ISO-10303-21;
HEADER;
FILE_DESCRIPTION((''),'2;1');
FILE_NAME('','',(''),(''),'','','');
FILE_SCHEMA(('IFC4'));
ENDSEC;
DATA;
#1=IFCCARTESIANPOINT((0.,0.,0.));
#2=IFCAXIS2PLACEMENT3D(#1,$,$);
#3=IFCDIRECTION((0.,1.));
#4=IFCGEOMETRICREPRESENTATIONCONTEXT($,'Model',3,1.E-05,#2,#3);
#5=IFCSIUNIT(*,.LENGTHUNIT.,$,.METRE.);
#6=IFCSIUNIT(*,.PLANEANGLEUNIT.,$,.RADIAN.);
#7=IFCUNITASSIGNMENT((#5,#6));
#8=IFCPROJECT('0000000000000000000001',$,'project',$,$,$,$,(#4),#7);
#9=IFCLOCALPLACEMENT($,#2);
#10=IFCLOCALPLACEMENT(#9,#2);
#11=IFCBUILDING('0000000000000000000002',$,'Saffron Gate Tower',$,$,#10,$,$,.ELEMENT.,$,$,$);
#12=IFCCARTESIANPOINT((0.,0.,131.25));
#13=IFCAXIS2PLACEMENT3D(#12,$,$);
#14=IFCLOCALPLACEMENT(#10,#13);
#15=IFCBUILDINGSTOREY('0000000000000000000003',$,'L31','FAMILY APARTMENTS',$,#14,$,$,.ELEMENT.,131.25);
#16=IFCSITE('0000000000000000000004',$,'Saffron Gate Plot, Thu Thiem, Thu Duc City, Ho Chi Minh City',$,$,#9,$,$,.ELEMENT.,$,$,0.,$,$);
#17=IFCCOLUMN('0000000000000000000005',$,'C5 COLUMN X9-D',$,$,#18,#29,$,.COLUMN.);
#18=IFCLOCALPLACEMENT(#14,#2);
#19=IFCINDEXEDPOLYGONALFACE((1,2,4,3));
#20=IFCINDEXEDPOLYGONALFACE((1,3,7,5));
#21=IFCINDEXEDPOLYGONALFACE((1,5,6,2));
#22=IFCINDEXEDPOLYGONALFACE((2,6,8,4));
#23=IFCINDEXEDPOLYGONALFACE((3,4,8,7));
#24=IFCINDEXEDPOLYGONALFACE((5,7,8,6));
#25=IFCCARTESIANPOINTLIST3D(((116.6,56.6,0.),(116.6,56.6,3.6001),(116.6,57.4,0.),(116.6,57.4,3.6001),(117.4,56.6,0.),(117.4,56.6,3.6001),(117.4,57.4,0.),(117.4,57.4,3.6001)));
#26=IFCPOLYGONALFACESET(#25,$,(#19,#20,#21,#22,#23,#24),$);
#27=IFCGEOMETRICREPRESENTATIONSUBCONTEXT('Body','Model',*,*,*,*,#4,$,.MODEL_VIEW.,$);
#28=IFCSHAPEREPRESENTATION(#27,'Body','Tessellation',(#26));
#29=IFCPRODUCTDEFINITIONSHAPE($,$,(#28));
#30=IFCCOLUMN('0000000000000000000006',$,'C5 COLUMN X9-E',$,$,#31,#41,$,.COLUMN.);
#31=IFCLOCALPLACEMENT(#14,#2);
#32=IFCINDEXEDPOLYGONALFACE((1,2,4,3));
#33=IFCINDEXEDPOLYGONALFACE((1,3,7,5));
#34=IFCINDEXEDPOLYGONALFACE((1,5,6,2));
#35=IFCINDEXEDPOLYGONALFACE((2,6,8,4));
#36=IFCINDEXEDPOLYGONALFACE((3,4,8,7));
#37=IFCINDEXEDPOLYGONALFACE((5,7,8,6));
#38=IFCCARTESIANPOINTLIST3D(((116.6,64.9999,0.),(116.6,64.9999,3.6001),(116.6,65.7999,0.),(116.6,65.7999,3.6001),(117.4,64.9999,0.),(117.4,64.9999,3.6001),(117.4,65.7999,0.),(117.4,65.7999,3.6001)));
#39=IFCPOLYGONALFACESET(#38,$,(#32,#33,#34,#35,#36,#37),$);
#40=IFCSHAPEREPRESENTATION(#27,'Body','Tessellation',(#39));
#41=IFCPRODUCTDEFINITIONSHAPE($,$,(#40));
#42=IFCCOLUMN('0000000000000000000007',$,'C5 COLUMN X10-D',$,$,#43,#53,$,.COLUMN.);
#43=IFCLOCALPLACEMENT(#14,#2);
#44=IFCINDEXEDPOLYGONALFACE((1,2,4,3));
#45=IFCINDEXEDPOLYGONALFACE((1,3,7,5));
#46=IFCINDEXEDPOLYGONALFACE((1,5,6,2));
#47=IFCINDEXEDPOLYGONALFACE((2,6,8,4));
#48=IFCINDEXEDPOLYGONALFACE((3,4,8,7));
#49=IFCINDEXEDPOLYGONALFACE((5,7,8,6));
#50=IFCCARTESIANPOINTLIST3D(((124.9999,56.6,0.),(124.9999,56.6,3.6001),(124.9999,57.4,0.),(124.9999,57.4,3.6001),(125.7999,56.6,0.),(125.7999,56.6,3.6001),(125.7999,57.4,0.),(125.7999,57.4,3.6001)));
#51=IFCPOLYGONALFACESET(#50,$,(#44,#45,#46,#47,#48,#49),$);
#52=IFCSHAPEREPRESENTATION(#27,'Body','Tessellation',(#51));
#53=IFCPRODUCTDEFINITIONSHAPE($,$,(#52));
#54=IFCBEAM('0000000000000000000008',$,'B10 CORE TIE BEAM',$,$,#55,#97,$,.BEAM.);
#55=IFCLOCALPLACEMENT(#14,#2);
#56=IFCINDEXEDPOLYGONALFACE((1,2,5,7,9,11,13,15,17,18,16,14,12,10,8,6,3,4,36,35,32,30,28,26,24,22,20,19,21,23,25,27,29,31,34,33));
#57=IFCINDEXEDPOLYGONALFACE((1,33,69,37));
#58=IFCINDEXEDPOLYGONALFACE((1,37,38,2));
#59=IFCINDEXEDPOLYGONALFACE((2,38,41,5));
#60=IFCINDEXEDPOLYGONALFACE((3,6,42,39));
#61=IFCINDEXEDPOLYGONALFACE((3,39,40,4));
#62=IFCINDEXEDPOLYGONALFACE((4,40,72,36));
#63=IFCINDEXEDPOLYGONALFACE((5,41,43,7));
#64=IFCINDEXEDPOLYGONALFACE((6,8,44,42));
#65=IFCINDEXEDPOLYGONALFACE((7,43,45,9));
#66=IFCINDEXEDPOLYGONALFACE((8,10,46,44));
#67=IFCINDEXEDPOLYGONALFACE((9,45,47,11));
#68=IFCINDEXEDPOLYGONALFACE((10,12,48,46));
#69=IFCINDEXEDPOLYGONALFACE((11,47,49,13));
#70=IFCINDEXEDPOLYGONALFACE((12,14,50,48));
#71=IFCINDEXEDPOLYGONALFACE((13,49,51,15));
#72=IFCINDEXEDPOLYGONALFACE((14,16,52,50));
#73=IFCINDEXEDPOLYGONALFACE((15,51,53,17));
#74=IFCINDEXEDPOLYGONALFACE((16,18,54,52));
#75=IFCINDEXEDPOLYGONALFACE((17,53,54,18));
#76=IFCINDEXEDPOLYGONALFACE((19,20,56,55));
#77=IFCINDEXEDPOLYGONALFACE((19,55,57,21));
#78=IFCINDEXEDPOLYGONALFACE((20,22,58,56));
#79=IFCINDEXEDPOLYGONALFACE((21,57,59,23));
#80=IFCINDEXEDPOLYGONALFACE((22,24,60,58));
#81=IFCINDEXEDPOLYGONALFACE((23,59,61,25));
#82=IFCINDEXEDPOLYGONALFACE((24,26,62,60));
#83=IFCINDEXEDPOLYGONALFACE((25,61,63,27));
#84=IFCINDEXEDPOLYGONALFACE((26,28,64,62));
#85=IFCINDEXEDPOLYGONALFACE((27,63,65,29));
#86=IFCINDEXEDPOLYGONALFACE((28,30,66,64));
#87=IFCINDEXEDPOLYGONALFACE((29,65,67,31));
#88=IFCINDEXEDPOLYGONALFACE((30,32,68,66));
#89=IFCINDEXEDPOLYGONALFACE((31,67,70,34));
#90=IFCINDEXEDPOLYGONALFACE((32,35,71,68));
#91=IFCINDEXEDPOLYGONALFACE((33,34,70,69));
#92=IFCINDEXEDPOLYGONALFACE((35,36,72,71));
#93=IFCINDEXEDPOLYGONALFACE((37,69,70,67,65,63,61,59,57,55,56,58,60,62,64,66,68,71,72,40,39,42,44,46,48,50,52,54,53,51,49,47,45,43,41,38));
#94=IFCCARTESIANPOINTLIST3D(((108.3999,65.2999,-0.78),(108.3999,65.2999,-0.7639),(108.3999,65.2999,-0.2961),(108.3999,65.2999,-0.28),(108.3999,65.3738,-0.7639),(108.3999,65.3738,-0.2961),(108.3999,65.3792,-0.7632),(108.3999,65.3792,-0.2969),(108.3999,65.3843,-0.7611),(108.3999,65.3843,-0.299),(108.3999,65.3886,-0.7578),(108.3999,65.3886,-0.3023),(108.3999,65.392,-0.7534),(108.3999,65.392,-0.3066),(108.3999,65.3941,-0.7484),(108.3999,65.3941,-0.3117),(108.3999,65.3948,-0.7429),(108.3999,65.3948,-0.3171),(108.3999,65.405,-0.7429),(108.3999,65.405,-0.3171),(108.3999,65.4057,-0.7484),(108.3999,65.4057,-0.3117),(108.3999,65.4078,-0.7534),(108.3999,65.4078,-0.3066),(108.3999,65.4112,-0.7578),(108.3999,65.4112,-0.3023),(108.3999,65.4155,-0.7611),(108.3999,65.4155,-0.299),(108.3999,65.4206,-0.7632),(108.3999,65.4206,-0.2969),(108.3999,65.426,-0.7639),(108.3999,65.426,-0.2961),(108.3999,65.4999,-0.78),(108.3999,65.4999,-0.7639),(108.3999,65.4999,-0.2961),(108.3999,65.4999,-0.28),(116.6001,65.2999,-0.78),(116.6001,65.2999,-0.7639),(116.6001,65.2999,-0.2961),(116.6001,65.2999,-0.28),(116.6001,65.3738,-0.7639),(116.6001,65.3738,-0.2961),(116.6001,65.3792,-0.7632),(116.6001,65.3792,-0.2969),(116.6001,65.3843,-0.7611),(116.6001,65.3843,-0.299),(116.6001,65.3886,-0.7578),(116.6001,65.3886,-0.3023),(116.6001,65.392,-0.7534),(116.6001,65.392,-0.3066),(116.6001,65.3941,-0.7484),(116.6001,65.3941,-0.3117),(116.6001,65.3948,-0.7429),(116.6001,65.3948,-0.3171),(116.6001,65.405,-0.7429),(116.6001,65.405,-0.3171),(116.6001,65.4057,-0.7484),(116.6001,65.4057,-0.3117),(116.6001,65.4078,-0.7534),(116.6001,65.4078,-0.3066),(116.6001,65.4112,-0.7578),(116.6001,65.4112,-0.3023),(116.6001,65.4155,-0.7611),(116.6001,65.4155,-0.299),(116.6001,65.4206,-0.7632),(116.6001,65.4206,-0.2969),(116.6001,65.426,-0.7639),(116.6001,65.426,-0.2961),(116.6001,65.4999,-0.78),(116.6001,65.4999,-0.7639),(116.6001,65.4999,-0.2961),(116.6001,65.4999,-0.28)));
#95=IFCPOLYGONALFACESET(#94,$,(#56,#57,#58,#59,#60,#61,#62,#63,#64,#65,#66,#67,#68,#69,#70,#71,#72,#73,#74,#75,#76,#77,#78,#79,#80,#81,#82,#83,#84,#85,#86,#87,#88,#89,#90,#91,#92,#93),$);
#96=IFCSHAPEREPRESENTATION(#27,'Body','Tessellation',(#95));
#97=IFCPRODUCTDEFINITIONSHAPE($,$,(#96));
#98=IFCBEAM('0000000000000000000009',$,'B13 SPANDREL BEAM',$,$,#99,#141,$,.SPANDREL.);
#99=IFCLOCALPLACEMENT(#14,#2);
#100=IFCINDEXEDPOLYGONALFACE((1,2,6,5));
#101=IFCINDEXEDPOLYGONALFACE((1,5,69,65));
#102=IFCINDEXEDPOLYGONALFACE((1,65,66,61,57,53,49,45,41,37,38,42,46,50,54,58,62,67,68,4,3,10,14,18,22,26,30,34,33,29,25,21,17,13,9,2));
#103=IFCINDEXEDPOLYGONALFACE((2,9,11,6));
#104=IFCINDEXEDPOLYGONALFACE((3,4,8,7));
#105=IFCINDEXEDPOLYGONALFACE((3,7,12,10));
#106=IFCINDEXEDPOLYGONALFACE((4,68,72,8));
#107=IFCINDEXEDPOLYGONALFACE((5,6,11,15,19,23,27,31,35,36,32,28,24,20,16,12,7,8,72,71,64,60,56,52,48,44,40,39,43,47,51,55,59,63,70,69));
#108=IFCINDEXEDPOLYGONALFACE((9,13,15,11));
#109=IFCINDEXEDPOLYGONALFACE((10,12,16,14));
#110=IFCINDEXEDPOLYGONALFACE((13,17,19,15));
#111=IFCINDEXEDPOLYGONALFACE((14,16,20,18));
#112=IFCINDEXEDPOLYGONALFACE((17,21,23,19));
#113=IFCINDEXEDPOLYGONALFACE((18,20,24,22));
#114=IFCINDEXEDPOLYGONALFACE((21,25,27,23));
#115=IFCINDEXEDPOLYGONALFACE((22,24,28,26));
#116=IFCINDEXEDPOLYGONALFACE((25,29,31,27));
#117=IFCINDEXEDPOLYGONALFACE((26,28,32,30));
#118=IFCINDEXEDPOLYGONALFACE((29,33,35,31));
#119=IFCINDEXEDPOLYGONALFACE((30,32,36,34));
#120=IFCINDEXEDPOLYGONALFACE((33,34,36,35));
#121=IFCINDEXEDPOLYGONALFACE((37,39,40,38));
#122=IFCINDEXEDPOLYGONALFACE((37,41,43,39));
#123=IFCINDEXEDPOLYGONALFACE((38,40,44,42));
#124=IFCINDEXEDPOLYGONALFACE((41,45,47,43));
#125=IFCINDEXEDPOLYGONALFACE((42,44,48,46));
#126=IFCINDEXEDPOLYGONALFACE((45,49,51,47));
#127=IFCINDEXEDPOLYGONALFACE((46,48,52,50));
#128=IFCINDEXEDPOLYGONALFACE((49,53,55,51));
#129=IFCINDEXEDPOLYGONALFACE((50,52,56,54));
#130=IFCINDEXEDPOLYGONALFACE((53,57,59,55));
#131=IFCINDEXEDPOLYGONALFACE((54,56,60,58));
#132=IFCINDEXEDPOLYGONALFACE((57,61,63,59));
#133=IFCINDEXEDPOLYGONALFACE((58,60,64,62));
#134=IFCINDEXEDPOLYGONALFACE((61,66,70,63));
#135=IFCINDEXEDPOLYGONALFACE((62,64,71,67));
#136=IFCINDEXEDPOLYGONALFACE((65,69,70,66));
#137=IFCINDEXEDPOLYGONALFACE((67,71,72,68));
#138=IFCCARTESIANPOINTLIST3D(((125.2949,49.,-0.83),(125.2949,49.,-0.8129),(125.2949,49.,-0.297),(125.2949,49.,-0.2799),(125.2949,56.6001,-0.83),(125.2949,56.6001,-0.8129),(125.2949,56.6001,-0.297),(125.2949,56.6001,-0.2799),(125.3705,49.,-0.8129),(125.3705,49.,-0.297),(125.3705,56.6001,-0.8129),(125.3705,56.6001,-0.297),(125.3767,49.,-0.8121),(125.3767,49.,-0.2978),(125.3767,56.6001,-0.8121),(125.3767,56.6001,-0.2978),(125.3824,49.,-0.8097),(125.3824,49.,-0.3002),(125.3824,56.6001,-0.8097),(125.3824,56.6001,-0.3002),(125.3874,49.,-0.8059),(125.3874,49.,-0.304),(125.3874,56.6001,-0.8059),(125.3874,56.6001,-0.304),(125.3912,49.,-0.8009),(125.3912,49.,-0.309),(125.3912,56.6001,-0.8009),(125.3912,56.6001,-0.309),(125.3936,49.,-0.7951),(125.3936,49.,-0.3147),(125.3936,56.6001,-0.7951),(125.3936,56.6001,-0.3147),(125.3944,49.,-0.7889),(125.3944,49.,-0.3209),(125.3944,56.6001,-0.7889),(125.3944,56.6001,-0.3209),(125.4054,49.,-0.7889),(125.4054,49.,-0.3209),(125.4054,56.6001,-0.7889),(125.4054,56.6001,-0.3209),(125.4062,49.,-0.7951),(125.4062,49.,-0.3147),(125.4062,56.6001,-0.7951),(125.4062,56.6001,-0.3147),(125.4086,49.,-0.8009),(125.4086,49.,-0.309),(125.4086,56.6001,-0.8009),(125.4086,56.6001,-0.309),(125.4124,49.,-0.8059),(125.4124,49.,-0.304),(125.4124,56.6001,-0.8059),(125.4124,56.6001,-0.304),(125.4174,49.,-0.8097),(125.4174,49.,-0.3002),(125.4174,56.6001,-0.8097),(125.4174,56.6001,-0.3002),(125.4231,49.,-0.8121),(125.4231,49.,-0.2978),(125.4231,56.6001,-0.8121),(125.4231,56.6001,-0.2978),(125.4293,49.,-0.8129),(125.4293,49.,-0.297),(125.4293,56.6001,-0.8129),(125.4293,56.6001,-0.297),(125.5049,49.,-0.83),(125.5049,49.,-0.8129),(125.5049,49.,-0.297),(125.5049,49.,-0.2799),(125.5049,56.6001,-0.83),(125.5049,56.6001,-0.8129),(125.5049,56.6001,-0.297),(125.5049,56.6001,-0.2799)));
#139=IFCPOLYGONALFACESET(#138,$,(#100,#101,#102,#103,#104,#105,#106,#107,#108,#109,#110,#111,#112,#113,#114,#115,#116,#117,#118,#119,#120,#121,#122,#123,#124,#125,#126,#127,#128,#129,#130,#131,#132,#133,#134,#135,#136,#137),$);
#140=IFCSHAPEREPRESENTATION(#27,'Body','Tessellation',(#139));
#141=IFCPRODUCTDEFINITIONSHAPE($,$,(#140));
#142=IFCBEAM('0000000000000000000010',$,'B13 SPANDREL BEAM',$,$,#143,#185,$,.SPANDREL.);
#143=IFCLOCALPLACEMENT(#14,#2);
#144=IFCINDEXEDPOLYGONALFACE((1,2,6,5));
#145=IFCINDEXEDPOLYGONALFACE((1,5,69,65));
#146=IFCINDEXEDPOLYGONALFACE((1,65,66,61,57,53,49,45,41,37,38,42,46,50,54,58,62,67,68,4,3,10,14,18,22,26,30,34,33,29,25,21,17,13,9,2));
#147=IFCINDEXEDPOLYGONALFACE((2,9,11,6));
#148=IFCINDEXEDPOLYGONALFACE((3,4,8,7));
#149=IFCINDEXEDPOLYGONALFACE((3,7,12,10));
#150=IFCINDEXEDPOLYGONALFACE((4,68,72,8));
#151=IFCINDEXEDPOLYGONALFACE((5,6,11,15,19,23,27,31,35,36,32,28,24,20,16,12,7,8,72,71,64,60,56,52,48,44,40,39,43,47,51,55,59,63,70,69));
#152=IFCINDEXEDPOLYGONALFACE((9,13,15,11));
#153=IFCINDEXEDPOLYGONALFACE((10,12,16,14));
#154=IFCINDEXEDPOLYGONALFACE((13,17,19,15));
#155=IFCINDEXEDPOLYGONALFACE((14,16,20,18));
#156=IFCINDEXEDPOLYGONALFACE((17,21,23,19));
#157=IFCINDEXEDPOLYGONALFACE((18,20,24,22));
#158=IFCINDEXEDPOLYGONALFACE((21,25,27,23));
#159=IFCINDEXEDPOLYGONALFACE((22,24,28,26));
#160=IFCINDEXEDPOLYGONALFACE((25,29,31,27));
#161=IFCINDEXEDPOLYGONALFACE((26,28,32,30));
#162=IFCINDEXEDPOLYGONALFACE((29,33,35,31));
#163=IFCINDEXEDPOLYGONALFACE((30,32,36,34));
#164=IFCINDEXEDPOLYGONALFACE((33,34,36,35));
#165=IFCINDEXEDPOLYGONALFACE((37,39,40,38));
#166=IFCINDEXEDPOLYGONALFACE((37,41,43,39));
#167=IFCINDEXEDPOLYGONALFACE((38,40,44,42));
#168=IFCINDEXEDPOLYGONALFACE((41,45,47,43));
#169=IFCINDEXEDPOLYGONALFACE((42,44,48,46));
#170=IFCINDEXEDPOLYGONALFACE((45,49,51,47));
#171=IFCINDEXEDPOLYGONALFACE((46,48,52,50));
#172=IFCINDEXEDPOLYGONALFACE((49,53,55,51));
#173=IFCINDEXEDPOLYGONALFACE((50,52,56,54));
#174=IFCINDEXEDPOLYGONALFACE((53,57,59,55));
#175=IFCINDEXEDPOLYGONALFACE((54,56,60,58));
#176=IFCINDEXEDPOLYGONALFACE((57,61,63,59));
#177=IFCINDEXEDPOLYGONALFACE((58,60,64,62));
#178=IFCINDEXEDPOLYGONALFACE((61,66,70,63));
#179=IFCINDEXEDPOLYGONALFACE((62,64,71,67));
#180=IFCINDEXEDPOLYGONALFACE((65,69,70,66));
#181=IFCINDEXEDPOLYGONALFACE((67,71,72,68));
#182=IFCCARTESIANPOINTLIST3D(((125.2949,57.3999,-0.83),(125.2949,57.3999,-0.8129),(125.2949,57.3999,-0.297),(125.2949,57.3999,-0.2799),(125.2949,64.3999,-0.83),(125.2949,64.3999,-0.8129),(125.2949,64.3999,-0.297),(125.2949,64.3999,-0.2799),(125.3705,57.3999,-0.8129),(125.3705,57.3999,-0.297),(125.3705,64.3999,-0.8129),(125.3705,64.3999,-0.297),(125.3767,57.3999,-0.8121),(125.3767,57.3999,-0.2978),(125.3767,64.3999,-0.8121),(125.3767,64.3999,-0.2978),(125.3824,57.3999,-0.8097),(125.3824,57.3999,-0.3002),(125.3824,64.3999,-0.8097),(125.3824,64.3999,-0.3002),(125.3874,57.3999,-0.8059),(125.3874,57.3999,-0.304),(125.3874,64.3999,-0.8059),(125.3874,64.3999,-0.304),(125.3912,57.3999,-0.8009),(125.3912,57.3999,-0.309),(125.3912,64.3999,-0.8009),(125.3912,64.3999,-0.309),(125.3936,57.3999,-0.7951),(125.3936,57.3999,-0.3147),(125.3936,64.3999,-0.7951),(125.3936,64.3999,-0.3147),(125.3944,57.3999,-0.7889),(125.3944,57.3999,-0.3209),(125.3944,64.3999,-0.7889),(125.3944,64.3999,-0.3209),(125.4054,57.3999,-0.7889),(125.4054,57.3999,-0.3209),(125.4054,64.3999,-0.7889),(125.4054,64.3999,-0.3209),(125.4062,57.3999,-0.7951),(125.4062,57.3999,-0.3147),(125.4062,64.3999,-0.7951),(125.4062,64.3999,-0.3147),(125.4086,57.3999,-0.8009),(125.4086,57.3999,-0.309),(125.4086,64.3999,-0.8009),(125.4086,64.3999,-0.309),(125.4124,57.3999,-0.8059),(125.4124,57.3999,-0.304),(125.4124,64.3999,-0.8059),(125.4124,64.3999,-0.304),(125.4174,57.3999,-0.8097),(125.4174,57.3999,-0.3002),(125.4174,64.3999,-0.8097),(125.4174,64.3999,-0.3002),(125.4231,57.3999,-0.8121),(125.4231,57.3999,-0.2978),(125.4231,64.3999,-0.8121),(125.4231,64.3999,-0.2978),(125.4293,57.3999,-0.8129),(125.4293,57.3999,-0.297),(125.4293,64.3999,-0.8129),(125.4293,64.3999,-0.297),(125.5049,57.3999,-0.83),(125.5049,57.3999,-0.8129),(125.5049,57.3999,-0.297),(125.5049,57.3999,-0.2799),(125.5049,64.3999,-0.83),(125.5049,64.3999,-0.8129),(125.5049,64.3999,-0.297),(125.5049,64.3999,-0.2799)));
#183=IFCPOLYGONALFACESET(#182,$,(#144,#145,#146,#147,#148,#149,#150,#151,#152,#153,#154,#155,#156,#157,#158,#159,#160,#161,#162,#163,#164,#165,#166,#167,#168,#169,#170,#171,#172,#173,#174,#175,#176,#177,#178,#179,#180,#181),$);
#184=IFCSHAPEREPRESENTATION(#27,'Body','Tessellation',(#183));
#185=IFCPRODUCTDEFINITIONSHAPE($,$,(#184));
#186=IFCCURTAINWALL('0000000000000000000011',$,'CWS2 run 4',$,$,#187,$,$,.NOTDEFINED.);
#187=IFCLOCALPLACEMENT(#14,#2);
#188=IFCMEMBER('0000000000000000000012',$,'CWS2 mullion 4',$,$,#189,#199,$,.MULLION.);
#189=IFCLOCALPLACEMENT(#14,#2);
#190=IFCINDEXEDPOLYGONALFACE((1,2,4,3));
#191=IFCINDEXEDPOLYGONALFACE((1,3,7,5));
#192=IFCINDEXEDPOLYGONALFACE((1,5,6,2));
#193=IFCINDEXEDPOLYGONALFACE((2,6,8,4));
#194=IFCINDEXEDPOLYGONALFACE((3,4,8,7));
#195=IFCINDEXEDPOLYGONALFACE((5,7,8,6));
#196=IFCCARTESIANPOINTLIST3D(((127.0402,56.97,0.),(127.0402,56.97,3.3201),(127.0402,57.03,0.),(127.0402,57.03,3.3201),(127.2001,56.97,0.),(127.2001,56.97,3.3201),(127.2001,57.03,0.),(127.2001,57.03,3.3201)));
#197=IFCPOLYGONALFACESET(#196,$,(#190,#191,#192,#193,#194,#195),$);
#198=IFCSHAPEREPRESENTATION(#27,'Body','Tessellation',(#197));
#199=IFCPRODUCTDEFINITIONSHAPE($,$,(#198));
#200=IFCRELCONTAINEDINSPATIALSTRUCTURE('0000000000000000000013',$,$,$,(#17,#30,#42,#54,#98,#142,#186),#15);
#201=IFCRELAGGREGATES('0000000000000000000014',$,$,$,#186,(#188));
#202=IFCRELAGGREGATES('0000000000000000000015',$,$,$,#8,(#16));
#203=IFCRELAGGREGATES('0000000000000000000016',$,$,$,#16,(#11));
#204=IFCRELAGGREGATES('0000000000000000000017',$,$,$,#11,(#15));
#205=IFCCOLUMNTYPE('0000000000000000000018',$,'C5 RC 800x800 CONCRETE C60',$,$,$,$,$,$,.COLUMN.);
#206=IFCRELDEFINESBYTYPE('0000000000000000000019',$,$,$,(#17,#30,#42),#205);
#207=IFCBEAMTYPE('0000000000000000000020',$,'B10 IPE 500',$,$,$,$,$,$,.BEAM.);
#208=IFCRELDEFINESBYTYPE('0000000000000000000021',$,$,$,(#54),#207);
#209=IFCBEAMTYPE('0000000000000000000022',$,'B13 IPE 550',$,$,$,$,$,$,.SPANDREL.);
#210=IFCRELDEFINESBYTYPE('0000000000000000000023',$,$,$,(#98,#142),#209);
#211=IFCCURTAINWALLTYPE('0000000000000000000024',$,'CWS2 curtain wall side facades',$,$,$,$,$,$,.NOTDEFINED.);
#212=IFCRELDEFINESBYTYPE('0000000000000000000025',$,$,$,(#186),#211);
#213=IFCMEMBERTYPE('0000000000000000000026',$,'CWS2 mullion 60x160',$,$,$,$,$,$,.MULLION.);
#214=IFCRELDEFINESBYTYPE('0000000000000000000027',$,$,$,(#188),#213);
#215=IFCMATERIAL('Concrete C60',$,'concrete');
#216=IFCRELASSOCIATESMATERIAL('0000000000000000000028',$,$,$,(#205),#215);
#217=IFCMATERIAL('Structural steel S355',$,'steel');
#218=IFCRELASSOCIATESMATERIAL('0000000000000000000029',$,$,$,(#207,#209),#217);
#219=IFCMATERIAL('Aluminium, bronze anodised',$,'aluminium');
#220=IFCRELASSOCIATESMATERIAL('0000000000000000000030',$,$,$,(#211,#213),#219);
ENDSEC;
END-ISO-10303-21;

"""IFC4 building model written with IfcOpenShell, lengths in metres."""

from ifc_helpers import new_model, si_unit, direction, frame, origin, origin_2d, place, context, subcontext, project, spatial, rectangle, i_section, extrude, material, material_profile, profile_set, type_object, element, aggregate, save


model = new_model("IFC4")

# Units and contexts
model_context = context("Model", 3, precision=1e-05, world=origin(), true_north=direction((0.0, 1.0)))
body_context = subcontext(model_context, "Body", "Model", "MODEL_VIEW")
ifc_project = project(units=[si_unit("LENGTHUNIT", "METRE"), si_unit("PLANEANGLEUNIT", "RADIAN")], contexts=[model_context])

# Site, building, storey
site_placement = place(None, origin())
site = spatial("IfcSite", under=ifc_project, at=site_placement, Name="Saffron Gate Plot, Thu Thiem, Thu Duc City, Ho Chi Minh City", CompositionType="ELEMENT", RefElevation=0.0)
building_placement = place(site_placement, origin())
building = spatial("IfcBuilding", under=site, at=building_placement, Name="Saffron Gate Tower", CompositionType="ELEMENT")
storey_placement = place(building_placement, frame((0.0, 0.0, 131.25)))
storey = spatial("IfcBuildingStorey", under=building, at=storey_placement, Name="L31", Description="FAMILY APARTMENTS", CompositionType="ELEMENT", Elevation=131.25)

# Columns
ifc_material_1 = material(Name="Concrete C60", Category="concrete")
ifc_material_profile_1 = material_profile(ifc_material_1, rectangle(XDim=0.8, YDim=0.8, at=origin_2d()))
ifc_profile_set_1 = profile_set([ifc_material_profile_1], Name="Concrete C60")
column_type = type_object("IfcColumnType", Name="C5 RC 800x800 CONCRETE C60", PredefinedType="COLUMN", material=ifc_profile_set_1)
for number, where, z_axis, x_axis, name in (
    (1, (117.0, 57.0, 0.0), (0.0, 0.0, 1.0), (1.0, 0.0, 0.0), "C5 COLUMN X9-D"),
    (2, (117.0, 65.3999, 0.0), (0.0, 0.0, 1.0), (1.0, 0.0, 0.0), "C5 COLUMN X9-E"),
    (3, (125.3999, 57.0, 0.0), (0.0, 0.0, 1.0), (1.0, 0.0, 0.0), "C5 COLUMN X10-D"),
):
    element("IfcColumn", number, at=place(storey_placement, frame(where, z_axis=z_axis, x_axis=x_axis)), inside=storey, type_object=column_type, Name=name, PredefinedType="COLUMN", context=body_context, shape_type="SweptSolid", body=[
        extrude(rectangle(XDim=0.8, YDim=0.8, at=origin_2d()), origin(), (0.0, 0.0, 1.0), 3.6001),
    ])

# Beams
ifc_material_2 = material(Name="Structural steel S355", Category="steel")
ifc_material_profile_2 = material_profile(ifc_material_2, i_section(OverallWidth=0.2, OverallDepth=0.5, WebThickness=0.0103, FlangeThickness=0.0161, FilletRadius=0.021, at=origin_2d()))
ifc_profile_set_2 = profile_set([ifc_material_profile_2], Name="Structural steel S355")
beam_type_1 = type_object("IfcBeamType", Name="B10 IPE 500", PredefinedType="BEAM", material=ifc_profile_set_2)
beam_1_placement = place(storey_placement, frame((116.6001, 65.3999, -0.53), z_axis=(-1.0, 0.0, 0.0), x_axis=(0.0, -1.0, 0.0)))
element("IfcBeam", 4, at=beam_1_placement, inside=storey, type_object=beam_type_1, Name="B10 CORE TIE BEAM", PredefinedType="BEAM", context=body_context, shape_type="SweptSolid", body=[
    extrude(i_section(OverallWidth=0.2, OverallDepth=0.5, WebThickness=0.0103, FlangeThickness=0.0161, FilletRadius=0.021, at=origin_2d()), origin(), (0.0, 0.0, 1.0), 8.2002),
])
ifc_material_profile_3 = material_profile(ifc_material_2, i_section(OverallWidth=0.21, OverallDepth=0.55, WebThickness=0.011, FlangeThickness=0.0171, FilletRadius=0.0239, at=origin_2d()))
ifc_profile_set_3 = profile_set([ifc_material_profile_3], Name="Structural steel S355")
beam_type_2 = type_object("IfcBeamType", Name="B13 IPE 550", PredefinedType="SPANDREL", material=ifc_profile_set_3)
beam_2_placement = place(storey_placement, frame((125.3999, 49.0, -0.5549), z_axis=(0.0, 1.0, 0.0), x_axis=(-1.0, 0.0, 0.0)))
element("IfcBeam", 5, at=beam_2_placement, inside=storey, type_object=beam_type_2, Name="B13 SPANDREL BEAM", PredefinedType="SPANDREL", context=body_context, shape_type="SweptSolid", body=[
    extrude(i_section(OverallWidth=0.21, OverallDepth=0.55, WebThickness=0.011, FlangeThickness=0.0171, FilletRadius=0.0239, at=origin_2d()), origin(), (0.0, 0.0, 1.0), 7.6001),
])
beam_3_placement = place(storey_placement, frame((125.3999, 57.3999, -0.5549), z_axis=(0.0, 1.0, 0.0), x_axis=(-1.0, 0.0, 0.0)))
element("IfcBeam", 6, at=beam_3_placement, inside=storey, type_object=beam_type_2, Name="B13 SPANDREL BEAM", PredefinedType="SPANDREL", context=body_context, shape_type="SweptSolid", body=[
    extrude(i_section(OverallWidth=0.21, OverallDepth=0.55, WebThickness=0.011, FlangeThickness=0.0171, FilletRadius=0.0239, at=origin_2d()), origin(), (0.0, 0.0, 1.0), 7.0),
])

# Curtain wall, member
ifc_material_3 = material(Name="Aluminium, bronze anodised", Category="aluminium")
curtain_wall_type = type_object("IfcCurtainWallType", Name="CWS2 curtain wall side facades", PredefinedType="NOTDEFINED", material=ifc_material_3)
curtain_wall_placement = place(storey_placement, origin())
curtain_wall = element("IfcCurtainWall", 7, at=curtain_wall_placement, inside=storey, type_object=curtain_wall_type, Name="CWS2 run 4", PredefinedType="NOTDEFINED")
ifc_material_profile_4 = material_profile(ifc_material_3, rectangle(XDim=0.1599, YDim=0.0601, at=origin_2d()))
ifc_profile_set_4 = profile_set([ifc_material_profile_4], Name="Aluminium, bronze anodised")
member_type = type_object("IfcMemberType", Name="CWS2 mullion 60x160", PredefinedType="MULLION", material=ifc_profile_set_4)
member_placement = place(storey_placement, frame((127.1201, 57.0, 0.0), z_axis=(0.0, 0.0, 1.0), x_axis=(-1.0, 0.0, 0.0)))
member = element("IfcMember", 8, at=member_placement, type_object=member_type, Name="CWS2 mullion 4", PredefinedType="MULLION", context=body_context, shape_type="SweptSolid", body=[
    extrude(rectangle(XDim=0.1599, YDim=0.0601, at=origin_2d()), origin(), (0.0, 0.0, 1.0), 3.3201),
])
aggregate(curtain_wall, [member])

save(model, "model.ifc")
